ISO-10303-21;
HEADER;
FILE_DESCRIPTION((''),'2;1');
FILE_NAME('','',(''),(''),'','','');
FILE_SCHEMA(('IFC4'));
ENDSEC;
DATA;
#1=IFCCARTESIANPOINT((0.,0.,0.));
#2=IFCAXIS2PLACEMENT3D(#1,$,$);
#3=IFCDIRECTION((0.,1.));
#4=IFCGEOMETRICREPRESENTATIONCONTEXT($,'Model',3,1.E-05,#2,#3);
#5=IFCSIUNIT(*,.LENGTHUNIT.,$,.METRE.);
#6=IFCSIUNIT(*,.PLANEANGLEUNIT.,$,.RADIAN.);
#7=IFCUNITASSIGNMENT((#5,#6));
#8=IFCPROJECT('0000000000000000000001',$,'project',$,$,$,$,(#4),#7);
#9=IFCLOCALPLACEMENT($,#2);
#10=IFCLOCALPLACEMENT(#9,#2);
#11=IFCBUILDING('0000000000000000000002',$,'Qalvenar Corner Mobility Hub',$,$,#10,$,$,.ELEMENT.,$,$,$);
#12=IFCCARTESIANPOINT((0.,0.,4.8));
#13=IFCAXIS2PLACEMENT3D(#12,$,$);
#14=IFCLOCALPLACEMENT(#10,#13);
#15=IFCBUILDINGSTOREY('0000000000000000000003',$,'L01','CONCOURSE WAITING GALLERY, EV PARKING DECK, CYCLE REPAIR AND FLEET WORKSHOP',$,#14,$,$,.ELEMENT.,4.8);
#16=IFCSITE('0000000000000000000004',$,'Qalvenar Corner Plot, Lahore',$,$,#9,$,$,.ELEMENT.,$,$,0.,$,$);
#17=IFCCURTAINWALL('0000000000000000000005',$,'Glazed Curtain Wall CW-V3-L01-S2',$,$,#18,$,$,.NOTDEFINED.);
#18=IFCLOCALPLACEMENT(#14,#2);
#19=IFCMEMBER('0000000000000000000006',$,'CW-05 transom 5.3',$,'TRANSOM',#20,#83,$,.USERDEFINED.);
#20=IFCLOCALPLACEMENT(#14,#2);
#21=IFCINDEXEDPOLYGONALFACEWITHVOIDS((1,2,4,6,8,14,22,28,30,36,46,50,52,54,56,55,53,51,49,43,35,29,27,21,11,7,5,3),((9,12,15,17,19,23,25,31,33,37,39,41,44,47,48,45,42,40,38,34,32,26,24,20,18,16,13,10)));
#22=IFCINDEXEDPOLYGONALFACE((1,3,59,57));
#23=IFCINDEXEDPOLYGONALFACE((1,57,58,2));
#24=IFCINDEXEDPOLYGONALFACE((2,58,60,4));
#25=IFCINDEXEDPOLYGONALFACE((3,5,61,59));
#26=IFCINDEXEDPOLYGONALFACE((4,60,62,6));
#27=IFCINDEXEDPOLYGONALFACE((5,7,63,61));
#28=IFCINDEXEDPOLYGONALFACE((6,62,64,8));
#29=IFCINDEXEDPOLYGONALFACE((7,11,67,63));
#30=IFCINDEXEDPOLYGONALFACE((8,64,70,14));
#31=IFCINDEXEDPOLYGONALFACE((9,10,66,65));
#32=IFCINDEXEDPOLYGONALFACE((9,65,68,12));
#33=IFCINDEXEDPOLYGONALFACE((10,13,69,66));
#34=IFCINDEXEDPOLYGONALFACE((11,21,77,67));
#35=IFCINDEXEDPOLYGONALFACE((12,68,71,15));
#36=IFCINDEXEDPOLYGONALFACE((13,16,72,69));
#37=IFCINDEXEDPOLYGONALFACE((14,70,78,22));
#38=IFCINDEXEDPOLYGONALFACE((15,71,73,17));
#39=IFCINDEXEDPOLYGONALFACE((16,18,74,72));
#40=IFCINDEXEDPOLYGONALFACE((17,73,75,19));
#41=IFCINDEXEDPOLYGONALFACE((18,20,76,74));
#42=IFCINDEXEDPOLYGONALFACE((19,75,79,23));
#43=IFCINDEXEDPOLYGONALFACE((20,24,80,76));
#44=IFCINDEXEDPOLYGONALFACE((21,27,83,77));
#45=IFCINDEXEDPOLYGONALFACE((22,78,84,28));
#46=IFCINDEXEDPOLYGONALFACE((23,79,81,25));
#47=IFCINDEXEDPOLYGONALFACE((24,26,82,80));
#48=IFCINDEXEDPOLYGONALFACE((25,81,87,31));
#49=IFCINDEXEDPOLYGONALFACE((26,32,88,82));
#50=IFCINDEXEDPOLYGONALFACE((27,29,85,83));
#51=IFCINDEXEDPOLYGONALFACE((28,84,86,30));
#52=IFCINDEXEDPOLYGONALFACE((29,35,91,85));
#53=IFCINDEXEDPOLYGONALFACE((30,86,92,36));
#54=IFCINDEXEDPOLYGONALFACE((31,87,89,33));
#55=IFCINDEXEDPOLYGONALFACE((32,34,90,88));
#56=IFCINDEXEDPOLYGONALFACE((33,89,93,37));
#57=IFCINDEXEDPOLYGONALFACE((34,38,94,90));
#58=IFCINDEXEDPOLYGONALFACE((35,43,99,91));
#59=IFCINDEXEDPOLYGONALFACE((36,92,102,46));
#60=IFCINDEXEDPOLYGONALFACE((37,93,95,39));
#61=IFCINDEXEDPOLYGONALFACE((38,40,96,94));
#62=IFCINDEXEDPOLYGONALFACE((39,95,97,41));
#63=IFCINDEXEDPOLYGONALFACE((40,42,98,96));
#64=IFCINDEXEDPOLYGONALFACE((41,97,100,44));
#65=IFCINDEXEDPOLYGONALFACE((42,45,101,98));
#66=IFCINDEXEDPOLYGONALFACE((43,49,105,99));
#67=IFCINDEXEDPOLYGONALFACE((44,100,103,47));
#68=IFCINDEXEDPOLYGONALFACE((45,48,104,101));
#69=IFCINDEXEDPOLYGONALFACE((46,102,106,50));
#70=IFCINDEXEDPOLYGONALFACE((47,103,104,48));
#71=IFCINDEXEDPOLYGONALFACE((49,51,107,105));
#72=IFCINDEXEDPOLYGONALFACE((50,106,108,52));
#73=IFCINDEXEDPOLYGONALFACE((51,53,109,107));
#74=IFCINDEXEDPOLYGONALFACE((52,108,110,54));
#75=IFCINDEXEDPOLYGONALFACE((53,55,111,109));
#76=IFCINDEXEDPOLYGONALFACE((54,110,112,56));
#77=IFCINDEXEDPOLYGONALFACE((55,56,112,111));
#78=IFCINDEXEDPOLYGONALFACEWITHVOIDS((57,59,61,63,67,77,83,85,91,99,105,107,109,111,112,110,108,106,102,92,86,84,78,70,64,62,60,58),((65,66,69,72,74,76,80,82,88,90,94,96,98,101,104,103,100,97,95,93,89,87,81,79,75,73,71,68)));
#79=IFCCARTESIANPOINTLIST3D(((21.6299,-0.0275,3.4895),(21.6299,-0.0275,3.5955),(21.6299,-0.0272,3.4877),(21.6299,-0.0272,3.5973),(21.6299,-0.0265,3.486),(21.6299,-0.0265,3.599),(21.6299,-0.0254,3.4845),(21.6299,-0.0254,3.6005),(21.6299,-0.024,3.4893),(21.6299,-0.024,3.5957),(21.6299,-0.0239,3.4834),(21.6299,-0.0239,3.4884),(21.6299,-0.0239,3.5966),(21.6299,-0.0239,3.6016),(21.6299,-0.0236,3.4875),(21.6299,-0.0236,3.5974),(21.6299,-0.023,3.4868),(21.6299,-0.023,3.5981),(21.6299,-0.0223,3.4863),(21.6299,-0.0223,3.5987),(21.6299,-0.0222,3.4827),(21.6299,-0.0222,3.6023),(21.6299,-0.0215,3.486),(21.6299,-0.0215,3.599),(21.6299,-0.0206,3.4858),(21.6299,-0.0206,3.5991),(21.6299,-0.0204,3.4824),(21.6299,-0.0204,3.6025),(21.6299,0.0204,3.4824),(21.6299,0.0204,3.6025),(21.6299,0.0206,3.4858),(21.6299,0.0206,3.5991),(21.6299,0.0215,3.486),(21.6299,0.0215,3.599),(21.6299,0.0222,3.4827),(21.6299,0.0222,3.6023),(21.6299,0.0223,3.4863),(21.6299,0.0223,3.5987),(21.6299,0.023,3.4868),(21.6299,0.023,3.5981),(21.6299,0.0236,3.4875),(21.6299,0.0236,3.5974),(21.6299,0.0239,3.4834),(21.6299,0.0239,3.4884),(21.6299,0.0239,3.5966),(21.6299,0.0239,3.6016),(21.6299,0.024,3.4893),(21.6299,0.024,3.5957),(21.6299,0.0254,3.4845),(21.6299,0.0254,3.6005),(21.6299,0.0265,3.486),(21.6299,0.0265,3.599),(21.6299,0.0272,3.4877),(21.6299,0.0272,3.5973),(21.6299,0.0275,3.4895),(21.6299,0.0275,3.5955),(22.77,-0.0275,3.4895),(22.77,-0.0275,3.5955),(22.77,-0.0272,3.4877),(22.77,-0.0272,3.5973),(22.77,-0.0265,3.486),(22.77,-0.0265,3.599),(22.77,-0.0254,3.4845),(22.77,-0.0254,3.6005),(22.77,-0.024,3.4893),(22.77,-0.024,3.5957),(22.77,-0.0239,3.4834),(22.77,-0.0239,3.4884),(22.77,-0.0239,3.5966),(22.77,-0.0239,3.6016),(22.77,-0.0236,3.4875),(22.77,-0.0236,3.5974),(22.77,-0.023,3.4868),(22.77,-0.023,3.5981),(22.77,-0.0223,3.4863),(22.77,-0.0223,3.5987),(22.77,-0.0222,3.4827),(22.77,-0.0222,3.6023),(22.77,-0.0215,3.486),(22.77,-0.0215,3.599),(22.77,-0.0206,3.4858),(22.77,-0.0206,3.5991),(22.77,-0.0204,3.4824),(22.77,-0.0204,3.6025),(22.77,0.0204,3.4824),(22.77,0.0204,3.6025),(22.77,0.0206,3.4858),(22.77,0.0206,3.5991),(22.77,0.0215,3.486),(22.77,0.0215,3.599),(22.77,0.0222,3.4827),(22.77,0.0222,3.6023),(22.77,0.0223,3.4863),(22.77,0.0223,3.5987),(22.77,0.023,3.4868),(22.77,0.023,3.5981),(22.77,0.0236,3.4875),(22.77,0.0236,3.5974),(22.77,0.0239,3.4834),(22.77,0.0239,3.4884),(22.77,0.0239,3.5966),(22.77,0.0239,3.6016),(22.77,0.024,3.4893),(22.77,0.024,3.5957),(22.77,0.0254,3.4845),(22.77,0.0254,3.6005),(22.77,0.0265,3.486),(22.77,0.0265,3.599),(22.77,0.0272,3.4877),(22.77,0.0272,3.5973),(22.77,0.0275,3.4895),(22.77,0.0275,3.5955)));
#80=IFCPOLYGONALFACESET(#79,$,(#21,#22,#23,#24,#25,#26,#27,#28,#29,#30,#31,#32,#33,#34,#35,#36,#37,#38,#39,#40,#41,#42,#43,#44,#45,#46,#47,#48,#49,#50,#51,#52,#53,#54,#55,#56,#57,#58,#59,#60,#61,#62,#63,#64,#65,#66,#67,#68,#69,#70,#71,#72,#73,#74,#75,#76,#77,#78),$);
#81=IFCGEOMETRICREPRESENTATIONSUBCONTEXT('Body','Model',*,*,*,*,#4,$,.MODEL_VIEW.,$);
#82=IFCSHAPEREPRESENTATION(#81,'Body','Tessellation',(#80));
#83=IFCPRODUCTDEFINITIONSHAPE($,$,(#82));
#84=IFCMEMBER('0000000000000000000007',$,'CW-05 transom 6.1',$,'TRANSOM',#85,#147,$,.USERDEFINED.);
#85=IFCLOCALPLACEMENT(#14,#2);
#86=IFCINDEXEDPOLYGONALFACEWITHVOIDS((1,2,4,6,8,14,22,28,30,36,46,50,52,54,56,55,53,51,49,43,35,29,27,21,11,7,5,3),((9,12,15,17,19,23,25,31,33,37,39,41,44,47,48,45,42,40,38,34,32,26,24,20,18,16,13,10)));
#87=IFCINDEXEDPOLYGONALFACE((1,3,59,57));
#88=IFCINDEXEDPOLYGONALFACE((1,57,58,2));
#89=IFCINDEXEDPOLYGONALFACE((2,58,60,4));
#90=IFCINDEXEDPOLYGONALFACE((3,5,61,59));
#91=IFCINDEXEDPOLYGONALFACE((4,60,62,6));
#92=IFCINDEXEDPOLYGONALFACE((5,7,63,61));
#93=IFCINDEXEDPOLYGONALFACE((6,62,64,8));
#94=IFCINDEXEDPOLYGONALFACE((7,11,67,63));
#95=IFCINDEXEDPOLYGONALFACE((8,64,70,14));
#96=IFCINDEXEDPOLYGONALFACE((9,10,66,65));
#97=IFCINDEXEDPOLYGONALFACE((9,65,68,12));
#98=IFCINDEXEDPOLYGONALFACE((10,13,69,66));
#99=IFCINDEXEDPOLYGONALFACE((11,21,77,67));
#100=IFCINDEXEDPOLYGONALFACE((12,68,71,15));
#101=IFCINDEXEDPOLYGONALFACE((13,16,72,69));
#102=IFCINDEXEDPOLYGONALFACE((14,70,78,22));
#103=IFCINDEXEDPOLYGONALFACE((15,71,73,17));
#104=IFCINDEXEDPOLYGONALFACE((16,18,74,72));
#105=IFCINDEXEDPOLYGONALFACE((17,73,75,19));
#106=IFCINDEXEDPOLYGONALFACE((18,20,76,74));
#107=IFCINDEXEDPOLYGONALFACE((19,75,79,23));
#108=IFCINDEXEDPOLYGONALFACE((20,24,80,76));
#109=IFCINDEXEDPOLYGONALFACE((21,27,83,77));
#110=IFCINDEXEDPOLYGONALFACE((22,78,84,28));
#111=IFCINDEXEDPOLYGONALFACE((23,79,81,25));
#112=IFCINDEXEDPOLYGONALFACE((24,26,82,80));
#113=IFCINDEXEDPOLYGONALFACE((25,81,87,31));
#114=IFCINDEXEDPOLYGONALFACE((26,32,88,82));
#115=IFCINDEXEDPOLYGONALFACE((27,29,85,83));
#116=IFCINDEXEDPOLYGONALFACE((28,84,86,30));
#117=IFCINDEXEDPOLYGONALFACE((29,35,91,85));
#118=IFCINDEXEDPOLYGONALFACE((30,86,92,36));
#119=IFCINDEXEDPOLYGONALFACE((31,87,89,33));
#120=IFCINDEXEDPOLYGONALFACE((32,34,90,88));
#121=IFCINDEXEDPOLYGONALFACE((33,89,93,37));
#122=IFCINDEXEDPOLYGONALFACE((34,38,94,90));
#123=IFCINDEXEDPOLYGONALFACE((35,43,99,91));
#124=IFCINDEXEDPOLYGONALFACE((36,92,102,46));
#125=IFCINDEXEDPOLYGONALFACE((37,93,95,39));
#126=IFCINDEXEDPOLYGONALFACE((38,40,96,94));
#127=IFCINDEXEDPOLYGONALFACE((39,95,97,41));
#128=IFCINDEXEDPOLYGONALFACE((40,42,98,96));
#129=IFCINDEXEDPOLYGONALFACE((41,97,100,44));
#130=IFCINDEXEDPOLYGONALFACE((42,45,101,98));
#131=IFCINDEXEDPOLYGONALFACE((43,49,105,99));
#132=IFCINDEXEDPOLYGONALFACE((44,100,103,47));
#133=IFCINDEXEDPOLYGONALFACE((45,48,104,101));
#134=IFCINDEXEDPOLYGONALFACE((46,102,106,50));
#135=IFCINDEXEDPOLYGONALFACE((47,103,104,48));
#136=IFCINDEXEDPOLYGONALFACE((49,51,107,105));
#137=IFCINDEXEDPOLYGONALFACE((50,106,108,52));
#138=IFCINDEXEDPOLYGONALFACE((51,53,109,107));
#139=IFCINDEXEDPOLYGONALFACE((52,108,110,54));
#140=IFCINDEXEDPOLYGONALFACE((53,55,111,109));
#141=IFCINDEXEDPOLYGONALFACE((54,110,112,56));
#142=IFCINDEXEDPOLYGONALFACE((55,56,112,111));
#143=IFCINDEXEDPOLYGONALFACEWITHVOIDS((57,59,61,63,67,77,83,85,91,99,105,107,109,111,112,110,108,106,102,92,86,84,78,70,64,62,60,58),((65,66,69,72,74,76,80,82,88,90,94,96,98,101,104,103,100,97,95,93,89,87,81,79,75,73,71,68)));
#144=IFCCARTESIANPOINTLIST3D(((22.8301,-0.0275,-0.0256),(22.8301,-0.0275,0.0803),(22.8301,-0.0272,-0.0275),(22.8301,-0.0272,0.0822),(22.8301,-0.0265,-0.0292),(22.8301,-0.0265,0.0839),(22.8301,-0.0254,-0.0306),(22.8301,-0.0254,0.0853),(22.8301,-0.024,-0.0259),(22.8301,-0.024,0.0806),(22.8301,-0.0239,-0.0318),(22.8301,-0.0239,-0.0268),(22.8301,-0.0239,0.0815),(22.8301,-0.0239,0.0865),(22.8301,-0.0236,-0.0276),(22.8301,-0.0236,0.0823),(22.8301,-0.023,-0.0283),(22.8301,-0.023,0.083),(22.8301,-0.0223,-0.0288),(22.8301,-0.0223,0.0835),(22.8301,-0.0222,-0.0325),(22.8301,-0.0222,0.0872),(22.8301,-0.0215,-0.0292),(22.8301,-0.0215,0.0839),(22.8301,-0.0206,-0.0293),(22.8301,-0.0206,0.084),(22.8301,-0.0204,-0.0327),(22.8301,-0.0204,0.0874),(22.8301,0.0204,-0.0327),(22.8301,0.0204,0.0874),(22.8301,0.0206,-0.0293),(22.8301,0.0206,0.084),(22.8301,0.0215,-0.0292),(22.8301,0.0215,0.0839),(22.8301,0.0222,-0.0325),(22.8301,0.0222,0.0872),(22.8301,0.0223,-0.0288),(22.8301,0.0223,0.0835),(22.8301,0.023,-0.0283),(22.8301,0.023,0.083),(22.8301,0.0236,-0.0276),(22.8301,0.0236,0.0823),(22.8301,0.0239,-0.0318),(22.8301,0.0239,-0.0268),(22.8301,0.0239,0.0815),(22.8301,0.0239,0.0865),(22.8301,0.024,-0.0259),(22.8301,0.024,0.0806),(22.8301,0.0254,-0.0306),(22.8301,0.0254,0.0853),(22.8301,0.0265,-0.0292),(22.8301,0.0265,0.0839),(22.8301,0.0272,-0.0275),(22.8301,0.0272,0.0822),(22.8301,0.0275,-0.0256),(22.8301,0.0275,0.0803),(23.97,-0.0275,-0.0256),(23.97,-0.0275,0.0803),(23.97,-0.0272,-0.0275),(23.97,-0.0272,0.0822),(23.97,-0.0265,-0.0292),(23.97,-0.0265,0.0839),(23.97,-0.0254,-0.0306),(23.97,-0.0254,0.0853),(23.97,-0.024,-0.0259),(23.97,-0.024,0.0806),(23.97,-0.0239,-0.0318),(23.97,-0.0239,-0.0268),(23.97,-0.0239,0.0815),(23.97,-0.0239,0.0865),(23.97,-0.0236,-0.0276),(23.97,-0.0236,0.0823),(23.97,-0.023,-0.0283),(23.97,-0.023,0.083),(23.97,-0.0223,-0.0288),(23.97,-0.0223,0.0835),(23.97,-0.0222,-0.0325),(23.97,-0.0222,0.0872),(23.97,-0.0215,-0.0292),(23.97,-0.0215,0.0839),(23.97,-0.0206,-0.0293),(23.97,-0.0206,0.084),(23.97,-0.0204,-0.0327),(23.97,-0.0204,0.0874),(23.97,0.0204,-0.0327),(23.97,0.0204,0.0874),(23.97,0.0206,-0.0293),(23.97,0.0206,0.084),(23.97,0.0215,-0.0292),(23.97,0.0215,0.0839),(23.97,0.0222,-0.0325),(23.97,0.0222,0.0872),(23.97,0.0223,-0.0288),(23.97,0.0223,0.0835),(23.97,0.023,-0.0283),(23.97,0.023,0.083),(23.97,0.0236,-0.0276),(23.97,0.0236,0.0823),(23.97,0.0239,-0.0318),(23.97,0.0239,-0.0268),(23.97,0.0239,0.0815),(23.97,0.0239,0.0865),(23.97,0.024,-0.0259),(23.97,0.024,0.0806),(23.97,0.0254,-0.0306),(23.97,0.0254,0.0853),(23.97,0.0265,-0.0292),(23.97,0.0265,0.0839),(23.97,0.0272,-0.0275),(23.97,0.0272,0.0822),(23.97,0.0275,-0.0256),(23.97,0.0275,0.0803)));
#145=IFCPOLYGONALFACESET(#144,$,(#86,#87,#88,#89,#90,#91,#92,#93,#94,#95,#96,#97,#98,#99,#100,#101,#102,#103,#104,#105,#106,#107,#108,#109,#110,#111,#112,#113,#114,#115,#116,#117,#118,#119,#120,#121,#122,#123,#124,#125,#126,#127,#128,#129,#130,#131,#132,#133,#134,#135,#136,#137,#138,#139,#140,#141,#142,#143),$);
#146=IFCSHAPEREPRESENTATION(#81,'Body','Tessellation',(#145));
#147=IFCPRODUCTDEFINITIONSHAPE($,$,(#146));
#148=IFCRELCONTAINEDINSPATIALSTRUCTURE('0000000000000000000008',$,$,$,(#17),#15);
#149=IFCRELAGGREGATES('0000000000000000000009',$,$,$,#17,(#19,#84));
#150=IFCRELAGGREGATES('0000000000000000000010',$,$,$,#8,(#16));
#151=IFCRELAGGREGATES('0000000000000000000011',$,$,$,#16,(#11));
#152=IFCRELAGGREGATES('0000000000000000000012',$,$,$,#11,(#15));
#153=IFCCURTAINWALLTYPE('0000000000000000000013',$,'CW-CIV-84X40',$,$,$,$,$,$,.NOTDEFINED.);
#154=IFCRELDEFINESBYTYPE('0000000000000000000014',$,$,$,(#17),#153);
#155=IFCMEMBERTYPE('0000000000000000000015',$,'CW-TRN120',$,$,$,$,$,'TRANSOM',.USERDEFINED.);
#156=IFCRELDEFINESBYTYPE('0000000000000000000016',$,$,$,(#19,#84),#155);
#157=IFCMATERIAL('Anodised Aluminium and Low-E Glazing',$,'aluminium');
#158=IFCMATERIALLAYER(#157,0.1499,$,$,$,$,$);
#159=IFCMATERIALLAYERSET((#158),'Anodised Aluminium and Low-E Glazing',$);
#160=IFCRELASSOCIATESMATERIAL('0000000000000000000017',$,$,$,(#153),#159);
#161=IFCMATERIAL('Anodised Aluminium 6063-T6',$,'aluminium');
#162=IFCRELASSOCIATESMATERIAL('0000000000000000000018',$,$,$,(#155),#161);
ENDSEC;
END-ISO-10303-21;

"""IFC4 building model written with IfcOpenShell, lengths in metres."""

from ifc_helpers import new_model, si_unit, direction, frame, origin, origin_2d, place, context, subcontext, project, spatial, hollow_rectangle, extrude, material, layer, layer_set, material_profile, profile_set, type_object, element, aggregate, save


model = new_model("IFC4")

# Units and contexts
model_context = context("Model", 3, precision=1e-05, world=origin(), true_north=direction((0.0, 1.0)))
body_context = subcontext(model_context, "Body", "Model", "MODEL_VIEW")
ifc_project = project(units=[si_unit("LENGTHUNIT", "METRE"), si_unit("PLANEANGLEUNIT", "RADIAN")], contexts=[model_context])

# Site, building, storey
site_placement = place(None, origin())
site = spatial("IfcSite", under=ifc_project, at=site_placement, Name="Qalvenar Corner Plot, Lahore", CompositionType="ELEMENT", RefElevation=0.0)
building_placement = place(site_placement, origin())
building = spatial("IfcBuilding", under=site, at=building_placement, Name="Qalvenar Corner Mobility Hub", CompositionType="ELEMENT")
storey_placement = place(building_placement, frame((0.0, 0.0, 4.8)))
storey = spatial("IfcBuildingStorey", under=building, at=storey_placement, Name="L01", Description="CONCOURSE WAITING GALLERY, EV PARKING DECK, CYCLE REPAIR AND FLEET WORKSHOP", CompositionType="ELEMENT", Elevation=4.8)

# Curtain wall, members
ifc_material_1 = material(Name="Anodised Aluminium and Low-E Glazing", Category="aluminium")
ifc_layer_1 = layer(ifc_material_1, 0.1499)
ifc_layer_set_1 = layer_set([ifc_layer_1], Name="Anodised Aluminium and Low-E Glazing")
curtain_wall_type = type_object("IfcCurtainWallType", Name="CW-CIV-84X40", PredefinedType="NOTDEFINED", material=ifc_layer_set_1)
curtain_wall_placement = place(storey_placement, origin())
curtain_wall = element("IfcCurtainWall", 1, at=curtain_wall_placement, inside=storey, type_object=curtain_wall_type, Name="Glazed Curtain Wall CW-V3-L01-S2", PredefinedType="NOTDEFINED")
ifc_material_2 = material(Name="Anodised Aluminium 6063-T6", Category="aluminium")
ifc_material_profile_1 = material_profile(ifc_material_2, hollow_rectangle(XDim=0.0549, YDim=0.1201, WallThickness=0.0034, InnerFilletRadius=0.0034, OuterFilletRadius=0.0071, at=origin_2d()), Name="RHS120x55x3.5")
ifc_profile_set_1 = profile_set([ifc_material_profile_1], Name="Anodised Aluminium 6063-T6")
member_type_1 = type_object("IfcMemberType", Name="CW-TRN120", ElementType="TRANSOM", PredefinedType="USERDEFINED", material=ifc_profile_set_1)
member_1_placement = place(storey_placement, frame((21.6299, 0.0, 3.5425), z_axis=(1.0, 0.0, 0.0), x_axis=(0.0, 1.0, 0.0)))
member_1 = element("IfcMember", 2, at=member_1_placement, type_object=member_type_1, Name="CW-05 transom 5.3", ObjectType="TRANSOM", PredefinedType="USERDEFINED", context=body_context, shape_type="SweptSolid", body=[
    extrude(hollow_rectangle(XDim=0.0549, YDim=0.1201, WallThickness=0.0034, InnerFilletRadius=0.0034, OuterFilletRadius=0.0071, at=origin_2d()), origin(), (0.0, 0.0, 1.0), 1.1401),
])
member_2_placement = place(storey_placement, frame((22.8301, 0.0, 0.0273), z_axis=(1.0, 0.0, 0.0), x_axis=(0.0, 1.0, 0.0)))
member_2 = element("IfcMember", 3, at=member_2_placement, type_object=member_type_1, Name="CW-05 transom 6.1", ObjectType="TRANSOM", PredefinedType="USERDEFINED", context=body_context, shape_type="SweptSolid", body=[
    extrude(hollow_rectangle(XDim=0.0549, YDim=0.1201, WallThickness=0.0034, InnerFilletRadius=0.0034, OuterFilletRadius=0.0071, at=origin_2d()), origin(), (0.0, 0.0, 1.0), 1.1399),
])
aggregate(curtain_wall, [member_1, member_2])

save(model, "model.ifc")
